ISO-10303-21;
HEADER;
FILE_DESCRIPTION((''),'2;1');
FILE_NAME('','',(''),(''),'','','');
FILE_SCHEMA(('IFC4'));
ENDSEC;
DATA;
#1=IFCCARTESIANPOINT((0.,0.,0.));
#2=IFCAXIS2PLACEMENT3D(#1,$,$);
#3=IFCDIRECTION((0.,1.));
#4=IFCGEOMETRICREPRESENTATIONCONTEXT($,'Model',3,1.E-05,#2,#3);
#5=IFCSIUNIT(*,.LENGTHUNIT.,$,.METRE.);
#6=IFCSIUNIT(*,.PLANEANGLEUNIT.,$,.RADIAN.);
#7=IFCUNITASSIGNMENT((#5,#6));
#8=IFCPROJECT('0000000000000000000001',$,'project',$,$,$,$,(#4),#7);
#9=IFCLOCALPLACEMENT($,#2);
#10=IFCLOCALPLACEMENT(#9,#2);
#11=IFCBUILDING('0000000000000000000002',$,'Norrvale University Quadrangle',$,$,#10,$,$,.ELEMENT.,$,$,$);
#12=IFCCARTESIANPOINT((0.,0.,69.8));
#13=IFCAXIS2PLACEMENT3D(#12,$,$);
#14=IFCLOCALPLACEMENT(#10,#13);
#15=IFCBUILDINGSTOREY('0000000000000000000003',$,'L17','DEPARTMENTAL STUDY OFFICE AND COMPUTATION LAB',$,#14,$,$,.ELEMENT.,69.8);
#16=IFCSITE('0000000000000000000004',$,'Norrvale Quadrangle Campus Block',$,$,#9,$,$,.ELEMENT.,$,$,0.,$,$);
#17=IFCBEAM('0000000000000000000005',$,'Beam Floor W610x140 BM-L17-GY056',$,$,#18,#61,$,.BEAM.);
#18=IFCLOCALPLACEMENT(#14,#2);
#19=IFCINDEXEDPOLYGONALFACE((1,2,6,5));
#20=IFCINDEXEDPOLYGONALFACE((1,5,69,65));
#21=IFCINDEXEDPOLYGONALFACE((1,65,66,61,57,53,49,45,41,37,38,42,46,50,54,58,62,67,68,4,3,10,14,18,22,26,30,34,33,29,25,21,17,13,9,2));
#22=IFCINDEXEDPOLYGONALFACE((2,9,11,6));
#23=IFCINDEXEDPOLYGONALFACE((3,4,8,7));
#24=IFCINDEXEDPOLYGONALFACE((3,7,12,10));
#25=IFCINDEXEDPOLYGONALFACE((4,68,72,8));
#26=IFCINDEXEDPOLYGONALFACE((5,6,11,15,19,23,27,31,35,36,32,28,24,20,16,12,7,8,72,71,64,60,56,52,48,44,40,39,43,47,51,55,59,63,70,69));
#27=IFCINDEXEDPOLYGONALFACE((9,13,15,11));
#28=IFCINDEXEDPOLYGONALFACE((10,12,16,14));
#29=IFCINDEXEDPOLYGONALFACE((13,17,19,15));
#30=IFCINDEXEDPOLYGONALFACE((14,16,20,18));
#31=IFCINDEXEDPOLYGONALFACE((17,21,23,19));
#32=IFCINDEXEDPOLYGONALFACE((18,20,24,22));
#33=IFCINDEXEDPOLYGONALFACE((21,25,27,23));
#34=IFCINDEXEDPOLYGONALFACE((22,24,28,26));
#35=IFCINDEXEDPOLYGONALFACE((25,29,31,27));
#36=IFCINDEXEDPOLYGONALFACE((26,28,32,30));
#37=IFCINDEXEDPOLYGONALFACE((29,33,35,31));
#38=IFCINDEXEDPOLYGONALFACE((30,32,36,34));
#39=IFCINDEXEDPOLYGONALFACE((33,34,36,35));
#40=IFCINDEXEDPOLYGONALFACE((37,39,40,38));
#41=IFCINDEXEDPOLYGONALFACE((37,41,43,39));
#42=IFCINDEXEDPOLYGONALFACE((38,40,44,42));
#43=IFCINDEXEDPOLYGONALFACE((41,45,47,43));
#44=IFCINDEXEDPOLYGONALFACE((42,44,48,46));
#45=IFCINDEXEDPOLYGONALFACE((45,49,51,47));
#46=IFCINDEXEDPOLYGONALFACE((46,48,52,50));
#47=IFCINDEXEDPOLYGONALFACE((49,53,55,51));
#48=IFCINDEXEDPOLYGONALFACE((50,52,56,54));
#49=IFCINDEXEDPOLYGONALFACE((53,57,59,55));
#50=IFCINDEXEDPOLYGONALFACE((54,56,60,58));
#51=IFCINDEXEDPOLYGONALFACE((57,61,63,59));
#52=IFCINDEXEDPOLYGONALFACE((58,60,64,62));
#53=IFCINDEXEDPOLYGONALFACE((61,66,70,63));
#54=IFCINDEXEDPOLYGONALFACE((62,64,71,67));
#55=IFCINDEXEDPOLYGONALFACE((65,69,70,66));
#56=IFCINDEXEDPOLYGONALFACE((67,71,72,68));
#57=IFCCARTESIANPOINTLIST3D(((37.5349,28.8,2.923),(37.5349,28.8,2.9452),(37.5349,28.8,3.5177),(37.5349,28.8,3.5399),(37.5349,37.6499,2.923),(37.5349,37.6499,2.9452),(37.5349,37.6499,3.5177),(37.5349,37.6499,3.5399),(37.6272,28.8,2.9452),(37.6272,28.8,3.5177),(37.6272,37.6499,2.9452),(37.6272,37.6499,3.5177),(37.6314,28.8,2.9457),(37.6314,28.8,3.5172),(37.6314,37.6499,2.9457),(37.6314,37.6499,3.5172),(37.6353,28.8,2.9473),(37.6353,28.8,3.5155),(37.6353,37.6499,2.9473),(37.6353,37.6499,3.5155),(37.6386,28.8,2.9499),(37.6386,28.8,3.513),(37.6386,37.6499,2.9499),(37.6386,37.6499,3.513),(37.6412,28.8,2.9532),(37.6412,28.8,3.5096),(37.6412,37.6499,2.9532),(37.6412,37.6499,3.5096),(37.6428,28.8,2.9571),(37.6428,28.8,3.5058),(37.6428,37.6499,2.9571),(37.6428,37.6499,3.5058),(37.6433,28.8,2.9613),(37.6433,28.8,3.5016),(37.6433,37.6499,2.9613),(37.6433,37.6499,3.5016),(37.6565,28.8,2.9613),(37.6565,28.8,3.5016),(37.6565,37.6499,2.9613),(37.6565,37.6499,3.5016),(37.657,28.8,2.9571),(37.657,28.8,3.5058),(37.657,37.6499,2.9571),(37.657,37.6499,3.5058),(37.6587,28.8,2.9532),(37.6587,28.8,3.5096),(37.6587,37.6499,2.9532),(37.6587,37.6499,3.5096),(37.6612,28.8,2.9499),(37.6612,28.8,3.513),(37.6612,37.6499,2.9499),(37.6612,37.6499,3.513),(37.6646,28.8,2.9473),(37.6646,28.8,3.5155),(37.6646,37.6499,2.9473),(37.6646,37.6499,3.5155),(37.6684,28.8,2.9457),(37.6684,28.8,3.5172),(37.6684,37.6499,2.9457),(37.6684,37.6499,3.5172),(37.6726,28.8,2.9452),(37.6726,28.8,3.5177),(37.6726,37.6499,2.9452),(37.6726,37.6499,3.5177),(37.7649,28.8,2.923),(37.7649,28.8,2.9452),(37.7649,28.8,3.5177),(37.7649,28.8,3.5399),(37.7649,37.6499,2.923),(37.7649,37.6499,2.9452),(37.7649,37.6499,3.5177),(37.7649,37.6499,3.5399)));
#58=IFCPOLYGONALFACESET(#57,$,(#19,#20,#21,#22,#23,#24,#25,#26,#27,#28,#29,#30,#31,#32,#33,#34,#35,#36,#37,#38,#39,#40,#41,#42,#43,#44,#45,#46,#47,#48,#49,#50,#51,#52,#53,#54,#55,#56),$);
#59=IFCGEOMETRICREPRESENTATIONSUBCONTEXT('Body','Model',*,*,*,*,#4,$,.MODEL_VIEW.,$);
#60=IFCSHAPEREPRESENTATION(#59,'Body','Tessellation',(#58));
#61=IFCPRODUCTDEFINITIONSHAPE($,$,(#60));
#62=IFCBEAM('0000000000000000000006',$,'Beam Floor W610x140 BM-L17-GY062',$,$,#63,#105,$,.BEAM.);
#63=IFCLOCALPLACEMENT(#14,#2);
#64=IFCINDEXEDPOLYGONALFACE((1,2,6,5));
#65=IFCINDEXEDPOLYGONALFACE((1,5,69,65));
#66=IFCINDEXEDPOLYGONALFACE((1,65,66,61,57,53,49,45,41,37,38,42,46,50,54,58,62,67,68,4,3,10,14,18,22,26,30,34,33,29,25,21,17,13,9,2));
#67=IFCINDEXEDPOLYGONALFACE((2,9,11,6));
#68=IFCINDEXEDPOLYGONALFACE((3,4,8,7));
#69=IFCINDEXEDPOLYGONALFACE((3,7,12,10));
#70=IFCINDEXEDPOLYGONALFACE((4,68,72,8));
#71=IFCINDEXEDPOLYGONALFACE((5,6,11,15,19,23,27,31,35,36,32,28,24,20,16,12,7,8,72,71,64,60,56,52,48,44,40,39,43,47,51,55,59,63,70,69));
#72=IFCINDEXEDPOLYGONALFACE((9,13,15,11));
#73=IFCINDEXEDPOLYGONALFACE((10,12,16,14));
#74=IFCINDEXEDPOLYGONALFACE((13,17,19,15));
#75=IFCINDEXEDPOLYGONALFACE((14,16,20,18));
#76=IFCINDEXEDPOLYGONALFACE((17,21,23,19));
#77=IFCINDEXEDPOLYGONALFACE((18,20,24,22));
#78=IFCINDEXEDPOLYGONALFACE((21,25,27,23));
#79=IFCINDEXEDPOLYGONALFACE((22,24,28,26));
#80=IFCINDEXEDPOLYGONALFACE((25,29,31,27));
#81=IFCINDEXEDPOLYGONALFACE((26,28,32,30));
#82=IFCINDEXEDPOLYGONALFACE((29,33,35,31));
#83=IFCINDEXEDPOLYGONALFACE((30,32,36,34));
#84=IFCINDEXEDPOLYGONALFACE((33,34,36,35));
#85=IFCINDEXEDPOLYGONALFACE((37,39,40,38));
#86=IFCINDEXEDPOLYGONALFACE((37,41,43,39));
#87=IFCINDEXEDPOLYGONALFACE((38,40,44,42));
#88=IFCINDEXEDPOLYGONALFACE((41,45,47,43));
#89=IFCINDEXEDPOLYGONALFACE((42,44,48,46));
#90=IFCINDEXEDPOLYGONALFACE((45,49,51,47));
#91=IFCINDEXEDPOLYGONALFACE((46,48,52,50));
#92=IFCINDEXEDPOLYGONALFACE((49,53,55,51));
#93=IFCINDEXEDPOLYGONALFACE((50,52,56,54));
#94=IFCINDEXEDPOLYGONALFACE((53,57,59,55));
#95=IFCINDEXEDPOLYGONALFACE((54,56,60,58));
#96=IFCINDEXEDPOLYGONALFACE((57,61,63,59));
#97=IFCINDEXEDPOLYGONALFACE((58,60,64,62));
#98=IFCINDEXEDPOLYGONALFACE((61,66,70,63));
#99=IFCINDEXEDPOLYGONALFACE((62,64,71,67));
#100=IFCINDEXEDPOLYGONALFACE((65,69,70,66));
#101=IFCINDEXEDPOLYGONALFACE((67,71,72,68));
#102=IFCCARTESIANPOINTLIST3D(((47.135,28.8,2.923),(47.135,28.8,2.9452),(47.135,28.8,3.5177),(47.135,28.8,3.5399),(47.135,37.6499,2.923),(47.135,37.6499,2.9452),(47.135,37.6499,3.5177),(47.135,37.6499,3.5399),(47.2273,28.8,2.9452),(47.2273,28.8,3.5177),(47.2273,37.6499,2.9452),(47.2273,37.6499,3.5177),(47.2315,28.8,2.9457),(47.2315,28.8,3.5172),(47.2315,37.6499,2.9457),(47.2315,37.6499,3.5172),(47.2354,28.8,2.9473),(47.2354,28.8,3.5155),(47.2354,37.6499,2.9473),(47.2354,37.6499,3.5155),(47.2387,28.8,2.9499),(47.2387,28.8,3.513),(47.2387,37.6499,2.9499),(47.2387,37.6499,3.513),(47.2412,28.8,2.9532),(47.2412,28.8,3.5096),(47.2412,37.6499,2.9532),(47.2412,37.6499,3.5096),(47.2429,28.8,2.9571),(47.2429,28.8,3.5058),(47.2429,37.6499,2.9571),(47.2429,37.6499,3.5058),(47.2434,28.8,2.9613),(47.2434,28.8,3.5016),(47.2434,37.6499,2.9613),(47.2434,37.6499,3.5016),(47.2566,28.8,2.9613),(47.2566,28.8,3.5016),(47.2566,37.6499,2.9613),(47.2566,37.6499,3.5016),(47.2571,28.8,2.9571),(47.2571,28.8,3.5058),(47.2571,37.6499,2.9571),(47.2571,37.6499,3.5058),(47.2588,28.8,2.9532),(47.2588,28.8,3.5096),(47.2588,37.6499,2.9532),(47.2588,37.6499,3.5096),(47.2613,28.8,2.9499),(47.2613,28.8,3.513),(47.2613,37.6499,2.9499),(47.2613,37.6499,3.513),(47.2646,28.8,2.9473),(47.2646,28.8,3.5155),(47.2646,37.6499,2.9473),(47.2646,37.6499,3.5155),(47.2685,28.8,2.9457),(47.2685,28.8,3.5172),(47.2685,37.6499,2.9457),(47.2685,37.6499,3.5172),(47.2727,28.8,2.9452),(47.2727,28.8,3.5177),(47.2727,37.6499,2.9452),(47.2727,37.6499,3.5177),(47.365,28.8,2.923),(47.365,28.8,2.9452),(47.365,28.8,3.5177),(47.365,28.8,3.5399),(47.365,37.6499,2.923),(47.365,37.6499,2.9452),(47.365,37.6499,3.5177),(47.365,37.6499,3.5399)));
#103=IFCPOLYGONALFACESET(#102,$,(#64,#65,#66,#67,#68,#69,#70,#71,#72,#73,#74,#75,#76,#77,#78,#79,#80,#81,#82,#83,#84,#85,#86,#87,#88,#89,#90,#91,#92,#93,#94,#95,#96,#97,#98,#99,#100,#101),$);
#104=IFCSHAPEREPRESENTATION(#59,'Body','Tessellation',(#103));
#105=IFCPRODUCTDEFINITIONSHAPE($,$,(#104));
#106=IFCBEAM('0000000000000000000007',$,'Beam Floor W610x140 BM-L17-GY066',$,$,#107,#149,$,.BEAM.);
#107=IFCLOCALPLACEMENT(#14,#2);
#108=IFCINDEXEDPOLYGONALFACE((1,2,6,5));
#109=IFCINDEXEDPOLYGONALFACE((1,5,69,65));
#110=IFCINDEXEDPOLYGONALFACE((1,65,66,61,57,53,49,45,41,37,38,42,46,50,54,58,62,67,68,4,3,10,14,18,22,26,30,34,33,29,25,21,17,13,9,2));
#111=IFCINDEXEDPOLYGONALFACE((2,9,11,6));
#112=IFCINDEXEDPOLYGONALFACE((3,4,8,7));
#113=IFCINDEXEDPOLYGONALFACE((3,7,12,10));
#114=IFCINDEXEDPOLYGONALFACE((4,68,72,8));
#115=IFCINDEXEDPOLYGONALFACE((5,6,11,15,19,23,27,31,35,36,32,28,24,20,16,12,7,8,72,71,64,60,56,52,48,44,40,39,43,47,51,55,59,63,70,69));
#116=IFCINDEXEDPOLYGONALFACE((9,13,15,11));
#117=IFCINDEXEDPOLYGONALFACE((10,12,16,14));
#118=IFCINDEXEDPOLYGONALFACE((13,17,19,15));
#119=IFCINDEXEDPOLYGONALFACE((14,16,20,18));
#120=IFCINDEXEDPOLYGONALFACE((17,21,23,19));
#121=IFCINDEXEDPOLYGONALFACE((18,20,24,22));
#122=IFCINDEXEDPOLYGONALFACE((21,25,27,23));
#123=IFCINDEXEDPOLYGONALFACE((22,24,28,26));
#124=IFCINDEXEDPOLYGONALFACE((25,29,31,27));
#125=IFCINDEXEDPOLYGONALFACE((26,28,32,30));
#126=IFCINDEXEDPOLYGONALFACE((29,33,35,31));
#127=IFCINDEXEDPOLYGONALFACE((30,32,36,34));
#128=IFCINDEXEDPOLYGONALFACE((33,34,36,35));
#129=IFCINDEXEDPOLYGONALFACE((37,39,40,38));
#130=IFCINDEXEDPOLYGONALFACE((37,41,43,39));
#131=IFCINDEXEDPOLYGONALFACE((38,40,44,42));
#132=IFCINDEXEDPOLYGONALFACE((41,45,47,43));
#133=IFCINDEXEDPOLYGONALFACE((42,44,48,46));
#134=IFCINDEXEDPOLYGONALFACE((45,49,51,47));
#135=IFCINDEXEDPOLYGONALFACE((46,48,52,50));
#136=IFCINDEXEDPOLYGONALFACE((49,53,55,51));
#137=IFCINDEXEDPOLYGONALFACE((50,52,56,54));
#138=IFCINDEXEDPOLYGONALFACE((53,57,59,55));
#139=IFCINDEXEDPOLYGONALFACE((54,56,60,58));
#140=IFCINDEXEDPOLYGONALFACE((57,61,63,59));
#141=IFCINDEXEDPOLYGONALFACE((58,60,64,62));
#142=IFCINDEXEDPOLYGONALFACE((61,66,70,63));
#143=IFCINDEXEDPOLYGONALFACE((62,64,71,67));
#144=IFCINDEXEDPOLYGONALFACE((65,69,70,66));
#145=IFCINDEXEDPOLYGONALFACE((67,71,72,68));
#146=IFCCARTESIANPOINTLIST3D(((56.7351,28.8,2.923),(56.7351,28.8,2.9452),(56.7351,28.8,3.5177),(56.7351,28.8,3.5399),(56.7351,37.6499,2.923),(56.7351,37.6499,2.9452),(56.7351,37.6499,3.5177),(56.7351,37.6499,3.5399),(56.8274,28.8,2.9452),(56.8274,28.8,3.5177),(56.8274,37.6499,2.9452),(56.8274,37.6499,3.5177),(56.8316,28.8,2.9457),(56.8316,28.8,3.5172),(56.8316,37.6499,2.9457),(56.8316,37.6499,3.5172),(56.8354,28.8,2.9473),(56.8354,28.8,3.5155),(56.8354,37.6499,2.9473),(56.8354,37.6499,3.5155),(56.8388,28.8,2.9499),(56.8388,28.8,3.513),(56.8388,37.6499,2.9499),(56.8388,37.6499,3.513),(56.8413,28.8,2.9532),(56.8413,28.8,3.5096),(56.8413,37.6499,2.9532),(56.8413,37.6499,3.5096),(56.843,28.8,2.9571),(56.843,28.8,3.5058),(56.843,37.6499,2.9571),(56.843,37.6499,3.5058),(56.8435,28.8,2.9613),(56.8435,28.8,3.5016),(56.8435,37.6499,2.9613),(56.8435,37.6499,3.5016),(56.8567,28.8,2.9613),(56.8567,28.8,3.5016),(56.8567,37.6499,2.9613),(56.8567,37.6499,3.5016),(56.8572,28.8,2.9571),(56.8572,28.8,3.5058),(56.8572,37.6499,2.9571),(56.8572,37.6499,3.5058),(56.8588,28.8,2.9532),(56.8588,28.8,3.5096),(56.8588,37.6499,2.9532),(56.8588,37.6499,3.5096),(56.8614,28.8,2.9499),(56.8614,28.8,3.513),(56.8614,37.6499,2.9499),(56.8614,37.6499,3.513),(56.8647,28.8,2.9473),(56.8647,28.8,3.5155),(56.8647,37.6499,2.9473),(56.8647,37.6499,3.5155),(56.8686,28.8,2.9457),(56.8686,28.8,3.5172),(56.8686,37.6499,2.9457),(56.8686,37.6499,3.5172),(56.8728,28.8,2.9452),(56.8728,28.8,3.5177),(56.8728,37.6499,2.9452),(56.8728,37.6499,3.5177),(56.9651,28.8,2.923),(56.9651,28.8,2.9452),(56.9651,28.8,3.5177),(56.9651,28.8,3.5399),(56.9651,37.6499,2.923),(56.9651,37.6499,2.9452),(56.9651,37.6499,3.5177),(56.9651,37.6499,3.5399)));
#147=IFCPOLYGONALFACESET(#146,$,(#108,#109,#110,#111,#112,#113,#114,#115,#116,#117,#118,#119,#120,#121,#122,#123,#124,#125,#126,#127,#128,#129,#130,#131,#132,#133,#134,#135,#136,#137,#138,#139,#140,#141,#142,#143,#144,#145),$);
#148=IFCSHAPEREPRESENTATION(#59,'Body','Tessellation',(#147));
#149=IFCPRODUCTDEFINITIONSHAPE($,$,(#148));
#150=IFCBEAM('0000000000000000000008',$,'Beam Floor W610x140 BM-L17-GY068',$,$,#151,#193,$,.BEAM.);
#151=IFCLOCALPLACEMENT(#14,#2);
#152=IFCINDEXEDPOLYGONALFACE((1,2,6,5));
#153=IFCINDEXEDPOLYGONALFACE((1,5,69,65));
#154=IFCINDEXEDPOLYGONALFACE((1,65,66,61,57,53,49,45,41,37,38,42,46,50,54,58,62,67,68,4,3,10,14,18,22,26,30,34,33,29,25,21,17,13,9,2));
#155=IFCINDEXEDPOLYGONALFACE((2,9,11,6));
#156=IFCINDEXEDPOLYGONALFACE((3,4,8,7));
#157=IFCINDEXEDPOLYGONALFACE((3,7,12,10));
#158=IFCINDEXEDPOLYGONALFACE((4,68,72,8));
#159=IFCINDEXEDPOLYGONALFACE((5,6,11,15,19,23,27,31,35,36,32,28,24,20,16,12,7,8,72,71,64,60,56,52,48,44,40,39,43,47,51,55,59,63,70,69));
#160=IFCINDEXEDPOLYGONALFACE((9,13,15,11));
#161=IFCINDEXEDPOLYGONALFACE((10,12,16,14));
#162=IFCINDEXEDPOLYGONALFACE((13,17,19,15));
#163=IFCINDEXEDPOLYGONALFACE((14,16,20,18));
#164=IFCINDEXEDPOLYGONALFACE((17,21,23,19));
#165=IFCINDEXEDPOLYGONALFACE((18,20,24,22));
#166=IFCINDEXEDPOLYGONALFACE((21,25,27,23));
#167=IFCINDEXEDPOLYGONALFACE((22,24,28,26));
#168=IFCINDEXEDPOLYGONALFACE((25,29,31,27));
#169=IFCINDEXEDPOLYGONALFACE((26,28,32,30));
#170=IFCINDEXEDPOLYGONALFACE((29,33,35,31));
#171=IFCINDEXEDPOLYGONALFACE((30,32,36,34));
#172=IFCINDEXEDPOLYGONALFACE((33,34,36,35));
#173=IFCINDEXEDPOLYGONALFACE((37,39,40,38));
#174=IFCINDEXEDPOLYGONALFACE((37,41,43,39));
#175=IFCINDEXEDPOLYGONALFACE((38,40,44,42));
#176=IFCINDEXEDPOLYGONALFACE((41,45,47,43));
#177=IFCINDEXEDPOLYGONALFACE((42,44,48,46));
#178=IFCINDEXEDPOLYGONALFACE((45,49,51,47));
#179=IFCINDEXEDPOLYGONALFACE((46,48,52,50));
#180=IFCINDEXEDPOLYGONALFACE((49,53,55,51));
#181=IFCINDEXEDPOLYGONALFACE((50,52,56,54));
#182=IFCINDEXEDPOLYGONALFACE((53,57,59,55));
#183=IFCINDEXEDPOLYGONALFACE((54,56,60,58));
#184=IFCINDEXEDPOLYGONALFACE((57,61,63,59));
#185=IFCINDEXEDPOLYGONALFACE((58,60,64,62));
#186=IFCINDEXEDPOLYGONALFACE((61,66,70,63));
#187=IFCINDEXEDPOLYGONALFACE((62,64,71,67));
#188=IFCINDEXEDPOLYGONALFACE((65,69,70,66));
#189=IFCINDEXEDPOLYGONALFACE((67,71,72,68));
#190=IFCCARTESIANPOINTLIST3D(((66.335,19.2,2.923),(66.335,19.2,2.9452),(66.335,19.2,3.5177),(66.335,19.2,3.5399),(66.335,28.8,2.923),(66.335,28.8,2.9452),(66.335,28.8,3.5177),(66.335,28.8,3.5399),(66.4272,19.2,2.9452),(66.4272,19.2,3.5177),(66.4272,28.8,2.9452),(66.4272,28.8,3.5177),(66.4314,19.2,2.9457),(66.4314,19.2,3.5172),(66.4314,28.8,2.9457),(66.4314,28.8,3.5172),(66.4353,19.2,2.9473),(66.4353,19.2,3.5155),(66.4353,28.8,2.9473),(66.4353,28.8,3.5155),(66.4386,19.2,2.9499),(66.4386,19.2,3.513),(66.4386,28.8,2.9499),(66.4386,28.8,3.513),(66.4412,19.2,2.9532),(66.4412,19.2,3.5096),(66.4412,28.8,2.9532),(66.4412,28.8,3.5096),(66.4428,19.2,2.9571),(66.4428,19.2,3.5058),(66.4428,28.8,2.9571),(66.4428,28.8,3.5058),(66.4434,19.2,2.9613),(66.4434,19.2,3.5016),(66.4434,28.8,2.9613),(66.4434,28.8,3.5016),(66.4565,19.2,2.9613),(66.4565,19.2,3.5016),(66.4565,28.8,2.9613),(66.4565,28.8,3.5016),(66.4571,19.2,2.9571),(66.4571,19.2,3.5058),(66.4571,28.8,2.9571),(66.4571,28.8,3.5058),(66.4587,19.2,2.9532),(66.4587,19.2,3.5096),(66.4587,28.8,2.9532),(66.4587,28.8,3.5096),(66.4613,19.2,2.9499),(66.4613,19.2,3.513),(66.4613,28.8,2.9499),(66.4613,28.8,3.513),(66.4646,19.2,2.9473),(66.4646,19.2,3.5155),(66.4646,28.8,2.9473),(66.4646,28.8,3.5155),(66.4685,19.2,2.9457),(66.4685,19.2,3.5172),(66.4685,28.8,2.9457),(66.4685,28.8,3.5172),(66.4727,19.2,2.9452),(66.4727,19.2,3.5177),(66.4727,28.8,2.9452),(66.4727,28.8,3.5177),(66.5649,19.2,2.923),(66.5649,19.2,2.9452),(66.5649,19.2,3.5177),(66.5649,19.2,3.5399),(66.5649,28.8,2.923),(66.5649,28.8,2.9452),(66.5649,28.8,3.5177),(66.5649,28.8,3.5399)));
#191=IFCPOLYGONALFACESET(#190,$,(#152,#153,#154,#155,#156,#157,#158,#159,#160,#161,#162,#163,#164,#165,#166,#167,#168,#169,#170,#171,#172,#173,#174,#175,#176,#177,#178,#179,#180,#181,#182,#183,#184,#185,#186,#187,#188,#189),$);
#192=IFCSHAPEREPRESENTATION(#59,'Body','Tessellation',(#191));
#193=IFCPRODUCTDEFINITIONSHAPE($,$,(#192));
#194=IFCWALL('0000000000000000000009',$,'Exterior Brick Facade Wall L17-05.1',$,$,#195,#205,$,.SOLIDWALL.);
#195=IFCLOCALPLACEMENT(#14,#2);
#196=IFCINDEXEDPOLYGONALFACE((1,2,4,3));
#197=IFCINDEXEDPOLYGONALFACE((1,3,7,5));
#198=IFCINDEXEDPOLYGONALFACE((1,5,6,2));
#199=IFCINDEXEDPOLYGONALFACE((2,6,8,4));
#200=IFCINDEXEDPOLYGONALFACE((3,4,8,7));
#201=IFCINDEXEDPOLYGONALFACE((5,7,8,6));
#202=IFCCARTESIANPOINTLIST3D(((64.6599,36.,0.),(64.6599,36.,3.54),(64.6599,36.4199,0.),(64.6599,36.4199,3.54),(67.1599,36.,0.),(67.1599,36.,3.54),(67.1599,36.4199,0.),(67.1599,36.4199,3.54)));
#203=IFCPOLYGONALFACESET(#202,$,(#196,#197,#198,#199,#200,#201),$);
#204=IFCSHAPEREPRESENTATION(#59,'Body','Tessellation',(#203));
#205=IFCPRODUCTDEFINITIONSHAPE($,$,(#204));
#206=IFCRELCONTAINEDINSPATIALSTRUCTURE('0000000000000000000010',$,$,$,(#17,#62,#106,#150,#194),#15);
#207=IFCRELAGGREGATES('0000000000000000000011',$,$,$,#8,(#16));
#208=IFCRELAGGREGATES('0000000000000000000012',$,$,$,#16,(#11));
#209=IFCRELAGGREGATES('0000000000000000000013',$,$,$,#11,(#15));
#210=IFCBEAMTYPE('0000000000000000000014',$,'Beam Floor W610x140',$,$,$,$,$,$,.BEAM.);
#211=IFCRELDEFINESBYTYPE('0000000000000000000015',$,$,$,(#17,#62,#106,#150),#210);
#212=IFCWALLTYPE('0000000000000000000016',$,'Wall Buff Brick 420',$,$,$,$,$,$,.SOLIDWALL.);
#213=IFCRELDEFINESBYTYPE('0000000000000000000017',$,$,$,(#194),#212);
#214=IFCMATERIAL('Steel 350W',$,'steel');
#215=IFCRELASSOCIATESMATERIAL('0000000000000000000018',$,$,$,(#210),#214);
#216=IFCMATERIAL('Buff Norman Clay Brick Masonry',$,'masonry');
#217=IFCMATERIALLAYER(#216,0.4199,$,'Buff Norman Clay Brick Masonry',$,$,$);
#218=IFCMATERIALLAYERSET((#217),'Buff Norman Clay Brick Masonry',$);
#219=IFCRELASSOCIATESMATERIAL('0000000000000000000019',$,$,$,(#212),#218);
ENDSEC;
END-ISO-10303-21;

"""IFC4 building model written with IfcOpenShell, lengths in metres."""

from ifc_helpers import new_model, si_unit, direction, frame, frame_2d, origin, origin_2d, place, context, subcontext, project, spatial, rectangle, i_section, extrude, material, layer, layer_set, material_profile, profile_set, type_object, element, save


model = new_model("IFC4")

# Units and contexts
model_context = context("Model", 3, precision=1e-05, world=origin(), true_north=direction((0.0, 1.0)))
body_context = subcontext(model_context, "Body", "Model", "MODEL_VIEW")
ifc_project = project(units=[si_unit("LENGTHUNIT", "METRE"), si_unit("PLANEANGLEUNIT", "RADIAN")], contexts=[model_context])

# Site, building, storey
site_placement = place(None, origin())
site = spatial("IfcSite", under=ifc_project, at=site_placement, Name="Norrvale Quadrangle Campus Block", CompositionType="ELEMENT", RefElevation=0.0)
building_placement = place(site_placement, origin())
building = spatial("IfcBuilding", under=site, at=building_placement, Name="Norrvale University Quadrangle", CompositionType="ELEMENT")
storey_placement = place(building_placement, frame((0.0, 0.0, 69.8)))
storey = spatial("IfcBuildingStorey", under=building, at=storey_placement, Name="L17", Description="DEPARTMENTAL STUDY OFFICE AND COMPUTATION LAB", CompositionType="ELEMENT", Elevation=69.8)

# Beams
ifc_material_1 = material(Name="Steel 350W", Category="steel")
ifc_material_profile_1 = material_profile(ifc_material_1, i_section(OverallWidth=0.23, OverallDepth=0.6169, WebThickness=0.0132, FlangeThickness=0.0222, FilletRadius=0.0161, at=origin_2d()), Name="Steel 350W")
ifc_profile_set_1 = profile_set([ifc_material_profile_1], Name="Steel 350W")
beam_type_1 = type_object("IfcBeamType", Name="Beam Floor W610x140", PredefinedType="BEAM", material=ifc_profile_set_1)
for number, where, z_axis, x_axis, name in (
    (1, (37.6499, 28.8, 3.2314), (0.0, 1.0, 0.0), (-1.0, 0.0, 0.0), "Beam Floor W610x140 BM-L17-GY056"),
    (2, (47.25, 28.8, 3.2314), (0.0, 1.0, 0.0), (-1.0, 0.0, 0.0), "Beam Floor W610x140 BM-L17-GY062"),
    (3, (56.8501, 28.8, 3.2314), (0.0, 1.0, 0.0), (-1.0, 0.0, 0.0), "Beam Floor W610x140 BM-L17-GY066"),
):
    element("IfcBeam", number, at=place(storey_placement, frame(where, z_axis=z_axis, x_axis=x_axis)), inside=storey, type_object=beam_type_1, Name=name, PredefinedType="BEAM", context=body_context, shape_type="SweptSolid", body=[
        extrude(i_section(OverallWidth=0.23, OverallDepth=0.6169, WebThickness=0.0132, FlangeThickness=0.0222, FilletRadius=0.0161, at=origin_2d()), origin(), (0.0, 0.0, 1.0), 8.8499),
    ])
beam_1_placement = place(storey_placement, frame((66.45, 19.2, 3.2314), z_axis=(0.0, 1.0, 0.0), x_axis=(-1.0, 0.0, 0.0)))
element("IfcBeam", 4, at=beam_1_placement, inside=storey, type_object=beam_type_1, Name="Beam Floor W610x140 BM-L17-GY068", PredefinedType="BEAM", context=body_context, shape_type="SweptSolid", body=[
    extrude(i_section(OverallWidth=0.23, OverallDepth=0.6169, WebThickness=0.0132, FlangeThickness=0.0222, FilletRadius=0.0161, at=origin_2d()), origin(), (0.0, 0.0, 1.0), 9.6001),
])

# Wall
ifc_material_2 = material(Name="Buff Norman Clay Brick Masonry", Category="masonry")
ifc_layer = layer(ifc_material_2, 0.4199, Name="Buff Norman Clay Brick Masonry")
ifc_layer_set = layer_set([ifc_layer], Name="Buff Norman Clay Brick Masonry")
wall_type = type_object("IfcWallType", Name="Wall Buff Brick 420", PredefinedType="SOLIDWALL", material=ifc_layer_set)
for number, where, z_axis, x_axis, name in (
    (5, (67.1599, 36.21, 0.0), (0.0, 0.0, 1.0), (-1.0, 0.0, 0.0), "Exterior Brick Facade Wall L17-05.1"),
):
    element("IfcWall", number, at=place(storey_placement, frame(where, z_axis=z_axis, x_axis=x_axis)), inside=storey, type_object=wall_type, Name=name, PredefinedType="SOLIDWALL", context=body_context, shape_type="SweptSolid", body=[
        extrude(rectangle(XDim=2.5, YDim=0.4199, at=frame_2d((1.25, 0.0))), origin(), (0.0, 0.0, 1.0), 3.54),
    ])

save(model, "model.ifc")
